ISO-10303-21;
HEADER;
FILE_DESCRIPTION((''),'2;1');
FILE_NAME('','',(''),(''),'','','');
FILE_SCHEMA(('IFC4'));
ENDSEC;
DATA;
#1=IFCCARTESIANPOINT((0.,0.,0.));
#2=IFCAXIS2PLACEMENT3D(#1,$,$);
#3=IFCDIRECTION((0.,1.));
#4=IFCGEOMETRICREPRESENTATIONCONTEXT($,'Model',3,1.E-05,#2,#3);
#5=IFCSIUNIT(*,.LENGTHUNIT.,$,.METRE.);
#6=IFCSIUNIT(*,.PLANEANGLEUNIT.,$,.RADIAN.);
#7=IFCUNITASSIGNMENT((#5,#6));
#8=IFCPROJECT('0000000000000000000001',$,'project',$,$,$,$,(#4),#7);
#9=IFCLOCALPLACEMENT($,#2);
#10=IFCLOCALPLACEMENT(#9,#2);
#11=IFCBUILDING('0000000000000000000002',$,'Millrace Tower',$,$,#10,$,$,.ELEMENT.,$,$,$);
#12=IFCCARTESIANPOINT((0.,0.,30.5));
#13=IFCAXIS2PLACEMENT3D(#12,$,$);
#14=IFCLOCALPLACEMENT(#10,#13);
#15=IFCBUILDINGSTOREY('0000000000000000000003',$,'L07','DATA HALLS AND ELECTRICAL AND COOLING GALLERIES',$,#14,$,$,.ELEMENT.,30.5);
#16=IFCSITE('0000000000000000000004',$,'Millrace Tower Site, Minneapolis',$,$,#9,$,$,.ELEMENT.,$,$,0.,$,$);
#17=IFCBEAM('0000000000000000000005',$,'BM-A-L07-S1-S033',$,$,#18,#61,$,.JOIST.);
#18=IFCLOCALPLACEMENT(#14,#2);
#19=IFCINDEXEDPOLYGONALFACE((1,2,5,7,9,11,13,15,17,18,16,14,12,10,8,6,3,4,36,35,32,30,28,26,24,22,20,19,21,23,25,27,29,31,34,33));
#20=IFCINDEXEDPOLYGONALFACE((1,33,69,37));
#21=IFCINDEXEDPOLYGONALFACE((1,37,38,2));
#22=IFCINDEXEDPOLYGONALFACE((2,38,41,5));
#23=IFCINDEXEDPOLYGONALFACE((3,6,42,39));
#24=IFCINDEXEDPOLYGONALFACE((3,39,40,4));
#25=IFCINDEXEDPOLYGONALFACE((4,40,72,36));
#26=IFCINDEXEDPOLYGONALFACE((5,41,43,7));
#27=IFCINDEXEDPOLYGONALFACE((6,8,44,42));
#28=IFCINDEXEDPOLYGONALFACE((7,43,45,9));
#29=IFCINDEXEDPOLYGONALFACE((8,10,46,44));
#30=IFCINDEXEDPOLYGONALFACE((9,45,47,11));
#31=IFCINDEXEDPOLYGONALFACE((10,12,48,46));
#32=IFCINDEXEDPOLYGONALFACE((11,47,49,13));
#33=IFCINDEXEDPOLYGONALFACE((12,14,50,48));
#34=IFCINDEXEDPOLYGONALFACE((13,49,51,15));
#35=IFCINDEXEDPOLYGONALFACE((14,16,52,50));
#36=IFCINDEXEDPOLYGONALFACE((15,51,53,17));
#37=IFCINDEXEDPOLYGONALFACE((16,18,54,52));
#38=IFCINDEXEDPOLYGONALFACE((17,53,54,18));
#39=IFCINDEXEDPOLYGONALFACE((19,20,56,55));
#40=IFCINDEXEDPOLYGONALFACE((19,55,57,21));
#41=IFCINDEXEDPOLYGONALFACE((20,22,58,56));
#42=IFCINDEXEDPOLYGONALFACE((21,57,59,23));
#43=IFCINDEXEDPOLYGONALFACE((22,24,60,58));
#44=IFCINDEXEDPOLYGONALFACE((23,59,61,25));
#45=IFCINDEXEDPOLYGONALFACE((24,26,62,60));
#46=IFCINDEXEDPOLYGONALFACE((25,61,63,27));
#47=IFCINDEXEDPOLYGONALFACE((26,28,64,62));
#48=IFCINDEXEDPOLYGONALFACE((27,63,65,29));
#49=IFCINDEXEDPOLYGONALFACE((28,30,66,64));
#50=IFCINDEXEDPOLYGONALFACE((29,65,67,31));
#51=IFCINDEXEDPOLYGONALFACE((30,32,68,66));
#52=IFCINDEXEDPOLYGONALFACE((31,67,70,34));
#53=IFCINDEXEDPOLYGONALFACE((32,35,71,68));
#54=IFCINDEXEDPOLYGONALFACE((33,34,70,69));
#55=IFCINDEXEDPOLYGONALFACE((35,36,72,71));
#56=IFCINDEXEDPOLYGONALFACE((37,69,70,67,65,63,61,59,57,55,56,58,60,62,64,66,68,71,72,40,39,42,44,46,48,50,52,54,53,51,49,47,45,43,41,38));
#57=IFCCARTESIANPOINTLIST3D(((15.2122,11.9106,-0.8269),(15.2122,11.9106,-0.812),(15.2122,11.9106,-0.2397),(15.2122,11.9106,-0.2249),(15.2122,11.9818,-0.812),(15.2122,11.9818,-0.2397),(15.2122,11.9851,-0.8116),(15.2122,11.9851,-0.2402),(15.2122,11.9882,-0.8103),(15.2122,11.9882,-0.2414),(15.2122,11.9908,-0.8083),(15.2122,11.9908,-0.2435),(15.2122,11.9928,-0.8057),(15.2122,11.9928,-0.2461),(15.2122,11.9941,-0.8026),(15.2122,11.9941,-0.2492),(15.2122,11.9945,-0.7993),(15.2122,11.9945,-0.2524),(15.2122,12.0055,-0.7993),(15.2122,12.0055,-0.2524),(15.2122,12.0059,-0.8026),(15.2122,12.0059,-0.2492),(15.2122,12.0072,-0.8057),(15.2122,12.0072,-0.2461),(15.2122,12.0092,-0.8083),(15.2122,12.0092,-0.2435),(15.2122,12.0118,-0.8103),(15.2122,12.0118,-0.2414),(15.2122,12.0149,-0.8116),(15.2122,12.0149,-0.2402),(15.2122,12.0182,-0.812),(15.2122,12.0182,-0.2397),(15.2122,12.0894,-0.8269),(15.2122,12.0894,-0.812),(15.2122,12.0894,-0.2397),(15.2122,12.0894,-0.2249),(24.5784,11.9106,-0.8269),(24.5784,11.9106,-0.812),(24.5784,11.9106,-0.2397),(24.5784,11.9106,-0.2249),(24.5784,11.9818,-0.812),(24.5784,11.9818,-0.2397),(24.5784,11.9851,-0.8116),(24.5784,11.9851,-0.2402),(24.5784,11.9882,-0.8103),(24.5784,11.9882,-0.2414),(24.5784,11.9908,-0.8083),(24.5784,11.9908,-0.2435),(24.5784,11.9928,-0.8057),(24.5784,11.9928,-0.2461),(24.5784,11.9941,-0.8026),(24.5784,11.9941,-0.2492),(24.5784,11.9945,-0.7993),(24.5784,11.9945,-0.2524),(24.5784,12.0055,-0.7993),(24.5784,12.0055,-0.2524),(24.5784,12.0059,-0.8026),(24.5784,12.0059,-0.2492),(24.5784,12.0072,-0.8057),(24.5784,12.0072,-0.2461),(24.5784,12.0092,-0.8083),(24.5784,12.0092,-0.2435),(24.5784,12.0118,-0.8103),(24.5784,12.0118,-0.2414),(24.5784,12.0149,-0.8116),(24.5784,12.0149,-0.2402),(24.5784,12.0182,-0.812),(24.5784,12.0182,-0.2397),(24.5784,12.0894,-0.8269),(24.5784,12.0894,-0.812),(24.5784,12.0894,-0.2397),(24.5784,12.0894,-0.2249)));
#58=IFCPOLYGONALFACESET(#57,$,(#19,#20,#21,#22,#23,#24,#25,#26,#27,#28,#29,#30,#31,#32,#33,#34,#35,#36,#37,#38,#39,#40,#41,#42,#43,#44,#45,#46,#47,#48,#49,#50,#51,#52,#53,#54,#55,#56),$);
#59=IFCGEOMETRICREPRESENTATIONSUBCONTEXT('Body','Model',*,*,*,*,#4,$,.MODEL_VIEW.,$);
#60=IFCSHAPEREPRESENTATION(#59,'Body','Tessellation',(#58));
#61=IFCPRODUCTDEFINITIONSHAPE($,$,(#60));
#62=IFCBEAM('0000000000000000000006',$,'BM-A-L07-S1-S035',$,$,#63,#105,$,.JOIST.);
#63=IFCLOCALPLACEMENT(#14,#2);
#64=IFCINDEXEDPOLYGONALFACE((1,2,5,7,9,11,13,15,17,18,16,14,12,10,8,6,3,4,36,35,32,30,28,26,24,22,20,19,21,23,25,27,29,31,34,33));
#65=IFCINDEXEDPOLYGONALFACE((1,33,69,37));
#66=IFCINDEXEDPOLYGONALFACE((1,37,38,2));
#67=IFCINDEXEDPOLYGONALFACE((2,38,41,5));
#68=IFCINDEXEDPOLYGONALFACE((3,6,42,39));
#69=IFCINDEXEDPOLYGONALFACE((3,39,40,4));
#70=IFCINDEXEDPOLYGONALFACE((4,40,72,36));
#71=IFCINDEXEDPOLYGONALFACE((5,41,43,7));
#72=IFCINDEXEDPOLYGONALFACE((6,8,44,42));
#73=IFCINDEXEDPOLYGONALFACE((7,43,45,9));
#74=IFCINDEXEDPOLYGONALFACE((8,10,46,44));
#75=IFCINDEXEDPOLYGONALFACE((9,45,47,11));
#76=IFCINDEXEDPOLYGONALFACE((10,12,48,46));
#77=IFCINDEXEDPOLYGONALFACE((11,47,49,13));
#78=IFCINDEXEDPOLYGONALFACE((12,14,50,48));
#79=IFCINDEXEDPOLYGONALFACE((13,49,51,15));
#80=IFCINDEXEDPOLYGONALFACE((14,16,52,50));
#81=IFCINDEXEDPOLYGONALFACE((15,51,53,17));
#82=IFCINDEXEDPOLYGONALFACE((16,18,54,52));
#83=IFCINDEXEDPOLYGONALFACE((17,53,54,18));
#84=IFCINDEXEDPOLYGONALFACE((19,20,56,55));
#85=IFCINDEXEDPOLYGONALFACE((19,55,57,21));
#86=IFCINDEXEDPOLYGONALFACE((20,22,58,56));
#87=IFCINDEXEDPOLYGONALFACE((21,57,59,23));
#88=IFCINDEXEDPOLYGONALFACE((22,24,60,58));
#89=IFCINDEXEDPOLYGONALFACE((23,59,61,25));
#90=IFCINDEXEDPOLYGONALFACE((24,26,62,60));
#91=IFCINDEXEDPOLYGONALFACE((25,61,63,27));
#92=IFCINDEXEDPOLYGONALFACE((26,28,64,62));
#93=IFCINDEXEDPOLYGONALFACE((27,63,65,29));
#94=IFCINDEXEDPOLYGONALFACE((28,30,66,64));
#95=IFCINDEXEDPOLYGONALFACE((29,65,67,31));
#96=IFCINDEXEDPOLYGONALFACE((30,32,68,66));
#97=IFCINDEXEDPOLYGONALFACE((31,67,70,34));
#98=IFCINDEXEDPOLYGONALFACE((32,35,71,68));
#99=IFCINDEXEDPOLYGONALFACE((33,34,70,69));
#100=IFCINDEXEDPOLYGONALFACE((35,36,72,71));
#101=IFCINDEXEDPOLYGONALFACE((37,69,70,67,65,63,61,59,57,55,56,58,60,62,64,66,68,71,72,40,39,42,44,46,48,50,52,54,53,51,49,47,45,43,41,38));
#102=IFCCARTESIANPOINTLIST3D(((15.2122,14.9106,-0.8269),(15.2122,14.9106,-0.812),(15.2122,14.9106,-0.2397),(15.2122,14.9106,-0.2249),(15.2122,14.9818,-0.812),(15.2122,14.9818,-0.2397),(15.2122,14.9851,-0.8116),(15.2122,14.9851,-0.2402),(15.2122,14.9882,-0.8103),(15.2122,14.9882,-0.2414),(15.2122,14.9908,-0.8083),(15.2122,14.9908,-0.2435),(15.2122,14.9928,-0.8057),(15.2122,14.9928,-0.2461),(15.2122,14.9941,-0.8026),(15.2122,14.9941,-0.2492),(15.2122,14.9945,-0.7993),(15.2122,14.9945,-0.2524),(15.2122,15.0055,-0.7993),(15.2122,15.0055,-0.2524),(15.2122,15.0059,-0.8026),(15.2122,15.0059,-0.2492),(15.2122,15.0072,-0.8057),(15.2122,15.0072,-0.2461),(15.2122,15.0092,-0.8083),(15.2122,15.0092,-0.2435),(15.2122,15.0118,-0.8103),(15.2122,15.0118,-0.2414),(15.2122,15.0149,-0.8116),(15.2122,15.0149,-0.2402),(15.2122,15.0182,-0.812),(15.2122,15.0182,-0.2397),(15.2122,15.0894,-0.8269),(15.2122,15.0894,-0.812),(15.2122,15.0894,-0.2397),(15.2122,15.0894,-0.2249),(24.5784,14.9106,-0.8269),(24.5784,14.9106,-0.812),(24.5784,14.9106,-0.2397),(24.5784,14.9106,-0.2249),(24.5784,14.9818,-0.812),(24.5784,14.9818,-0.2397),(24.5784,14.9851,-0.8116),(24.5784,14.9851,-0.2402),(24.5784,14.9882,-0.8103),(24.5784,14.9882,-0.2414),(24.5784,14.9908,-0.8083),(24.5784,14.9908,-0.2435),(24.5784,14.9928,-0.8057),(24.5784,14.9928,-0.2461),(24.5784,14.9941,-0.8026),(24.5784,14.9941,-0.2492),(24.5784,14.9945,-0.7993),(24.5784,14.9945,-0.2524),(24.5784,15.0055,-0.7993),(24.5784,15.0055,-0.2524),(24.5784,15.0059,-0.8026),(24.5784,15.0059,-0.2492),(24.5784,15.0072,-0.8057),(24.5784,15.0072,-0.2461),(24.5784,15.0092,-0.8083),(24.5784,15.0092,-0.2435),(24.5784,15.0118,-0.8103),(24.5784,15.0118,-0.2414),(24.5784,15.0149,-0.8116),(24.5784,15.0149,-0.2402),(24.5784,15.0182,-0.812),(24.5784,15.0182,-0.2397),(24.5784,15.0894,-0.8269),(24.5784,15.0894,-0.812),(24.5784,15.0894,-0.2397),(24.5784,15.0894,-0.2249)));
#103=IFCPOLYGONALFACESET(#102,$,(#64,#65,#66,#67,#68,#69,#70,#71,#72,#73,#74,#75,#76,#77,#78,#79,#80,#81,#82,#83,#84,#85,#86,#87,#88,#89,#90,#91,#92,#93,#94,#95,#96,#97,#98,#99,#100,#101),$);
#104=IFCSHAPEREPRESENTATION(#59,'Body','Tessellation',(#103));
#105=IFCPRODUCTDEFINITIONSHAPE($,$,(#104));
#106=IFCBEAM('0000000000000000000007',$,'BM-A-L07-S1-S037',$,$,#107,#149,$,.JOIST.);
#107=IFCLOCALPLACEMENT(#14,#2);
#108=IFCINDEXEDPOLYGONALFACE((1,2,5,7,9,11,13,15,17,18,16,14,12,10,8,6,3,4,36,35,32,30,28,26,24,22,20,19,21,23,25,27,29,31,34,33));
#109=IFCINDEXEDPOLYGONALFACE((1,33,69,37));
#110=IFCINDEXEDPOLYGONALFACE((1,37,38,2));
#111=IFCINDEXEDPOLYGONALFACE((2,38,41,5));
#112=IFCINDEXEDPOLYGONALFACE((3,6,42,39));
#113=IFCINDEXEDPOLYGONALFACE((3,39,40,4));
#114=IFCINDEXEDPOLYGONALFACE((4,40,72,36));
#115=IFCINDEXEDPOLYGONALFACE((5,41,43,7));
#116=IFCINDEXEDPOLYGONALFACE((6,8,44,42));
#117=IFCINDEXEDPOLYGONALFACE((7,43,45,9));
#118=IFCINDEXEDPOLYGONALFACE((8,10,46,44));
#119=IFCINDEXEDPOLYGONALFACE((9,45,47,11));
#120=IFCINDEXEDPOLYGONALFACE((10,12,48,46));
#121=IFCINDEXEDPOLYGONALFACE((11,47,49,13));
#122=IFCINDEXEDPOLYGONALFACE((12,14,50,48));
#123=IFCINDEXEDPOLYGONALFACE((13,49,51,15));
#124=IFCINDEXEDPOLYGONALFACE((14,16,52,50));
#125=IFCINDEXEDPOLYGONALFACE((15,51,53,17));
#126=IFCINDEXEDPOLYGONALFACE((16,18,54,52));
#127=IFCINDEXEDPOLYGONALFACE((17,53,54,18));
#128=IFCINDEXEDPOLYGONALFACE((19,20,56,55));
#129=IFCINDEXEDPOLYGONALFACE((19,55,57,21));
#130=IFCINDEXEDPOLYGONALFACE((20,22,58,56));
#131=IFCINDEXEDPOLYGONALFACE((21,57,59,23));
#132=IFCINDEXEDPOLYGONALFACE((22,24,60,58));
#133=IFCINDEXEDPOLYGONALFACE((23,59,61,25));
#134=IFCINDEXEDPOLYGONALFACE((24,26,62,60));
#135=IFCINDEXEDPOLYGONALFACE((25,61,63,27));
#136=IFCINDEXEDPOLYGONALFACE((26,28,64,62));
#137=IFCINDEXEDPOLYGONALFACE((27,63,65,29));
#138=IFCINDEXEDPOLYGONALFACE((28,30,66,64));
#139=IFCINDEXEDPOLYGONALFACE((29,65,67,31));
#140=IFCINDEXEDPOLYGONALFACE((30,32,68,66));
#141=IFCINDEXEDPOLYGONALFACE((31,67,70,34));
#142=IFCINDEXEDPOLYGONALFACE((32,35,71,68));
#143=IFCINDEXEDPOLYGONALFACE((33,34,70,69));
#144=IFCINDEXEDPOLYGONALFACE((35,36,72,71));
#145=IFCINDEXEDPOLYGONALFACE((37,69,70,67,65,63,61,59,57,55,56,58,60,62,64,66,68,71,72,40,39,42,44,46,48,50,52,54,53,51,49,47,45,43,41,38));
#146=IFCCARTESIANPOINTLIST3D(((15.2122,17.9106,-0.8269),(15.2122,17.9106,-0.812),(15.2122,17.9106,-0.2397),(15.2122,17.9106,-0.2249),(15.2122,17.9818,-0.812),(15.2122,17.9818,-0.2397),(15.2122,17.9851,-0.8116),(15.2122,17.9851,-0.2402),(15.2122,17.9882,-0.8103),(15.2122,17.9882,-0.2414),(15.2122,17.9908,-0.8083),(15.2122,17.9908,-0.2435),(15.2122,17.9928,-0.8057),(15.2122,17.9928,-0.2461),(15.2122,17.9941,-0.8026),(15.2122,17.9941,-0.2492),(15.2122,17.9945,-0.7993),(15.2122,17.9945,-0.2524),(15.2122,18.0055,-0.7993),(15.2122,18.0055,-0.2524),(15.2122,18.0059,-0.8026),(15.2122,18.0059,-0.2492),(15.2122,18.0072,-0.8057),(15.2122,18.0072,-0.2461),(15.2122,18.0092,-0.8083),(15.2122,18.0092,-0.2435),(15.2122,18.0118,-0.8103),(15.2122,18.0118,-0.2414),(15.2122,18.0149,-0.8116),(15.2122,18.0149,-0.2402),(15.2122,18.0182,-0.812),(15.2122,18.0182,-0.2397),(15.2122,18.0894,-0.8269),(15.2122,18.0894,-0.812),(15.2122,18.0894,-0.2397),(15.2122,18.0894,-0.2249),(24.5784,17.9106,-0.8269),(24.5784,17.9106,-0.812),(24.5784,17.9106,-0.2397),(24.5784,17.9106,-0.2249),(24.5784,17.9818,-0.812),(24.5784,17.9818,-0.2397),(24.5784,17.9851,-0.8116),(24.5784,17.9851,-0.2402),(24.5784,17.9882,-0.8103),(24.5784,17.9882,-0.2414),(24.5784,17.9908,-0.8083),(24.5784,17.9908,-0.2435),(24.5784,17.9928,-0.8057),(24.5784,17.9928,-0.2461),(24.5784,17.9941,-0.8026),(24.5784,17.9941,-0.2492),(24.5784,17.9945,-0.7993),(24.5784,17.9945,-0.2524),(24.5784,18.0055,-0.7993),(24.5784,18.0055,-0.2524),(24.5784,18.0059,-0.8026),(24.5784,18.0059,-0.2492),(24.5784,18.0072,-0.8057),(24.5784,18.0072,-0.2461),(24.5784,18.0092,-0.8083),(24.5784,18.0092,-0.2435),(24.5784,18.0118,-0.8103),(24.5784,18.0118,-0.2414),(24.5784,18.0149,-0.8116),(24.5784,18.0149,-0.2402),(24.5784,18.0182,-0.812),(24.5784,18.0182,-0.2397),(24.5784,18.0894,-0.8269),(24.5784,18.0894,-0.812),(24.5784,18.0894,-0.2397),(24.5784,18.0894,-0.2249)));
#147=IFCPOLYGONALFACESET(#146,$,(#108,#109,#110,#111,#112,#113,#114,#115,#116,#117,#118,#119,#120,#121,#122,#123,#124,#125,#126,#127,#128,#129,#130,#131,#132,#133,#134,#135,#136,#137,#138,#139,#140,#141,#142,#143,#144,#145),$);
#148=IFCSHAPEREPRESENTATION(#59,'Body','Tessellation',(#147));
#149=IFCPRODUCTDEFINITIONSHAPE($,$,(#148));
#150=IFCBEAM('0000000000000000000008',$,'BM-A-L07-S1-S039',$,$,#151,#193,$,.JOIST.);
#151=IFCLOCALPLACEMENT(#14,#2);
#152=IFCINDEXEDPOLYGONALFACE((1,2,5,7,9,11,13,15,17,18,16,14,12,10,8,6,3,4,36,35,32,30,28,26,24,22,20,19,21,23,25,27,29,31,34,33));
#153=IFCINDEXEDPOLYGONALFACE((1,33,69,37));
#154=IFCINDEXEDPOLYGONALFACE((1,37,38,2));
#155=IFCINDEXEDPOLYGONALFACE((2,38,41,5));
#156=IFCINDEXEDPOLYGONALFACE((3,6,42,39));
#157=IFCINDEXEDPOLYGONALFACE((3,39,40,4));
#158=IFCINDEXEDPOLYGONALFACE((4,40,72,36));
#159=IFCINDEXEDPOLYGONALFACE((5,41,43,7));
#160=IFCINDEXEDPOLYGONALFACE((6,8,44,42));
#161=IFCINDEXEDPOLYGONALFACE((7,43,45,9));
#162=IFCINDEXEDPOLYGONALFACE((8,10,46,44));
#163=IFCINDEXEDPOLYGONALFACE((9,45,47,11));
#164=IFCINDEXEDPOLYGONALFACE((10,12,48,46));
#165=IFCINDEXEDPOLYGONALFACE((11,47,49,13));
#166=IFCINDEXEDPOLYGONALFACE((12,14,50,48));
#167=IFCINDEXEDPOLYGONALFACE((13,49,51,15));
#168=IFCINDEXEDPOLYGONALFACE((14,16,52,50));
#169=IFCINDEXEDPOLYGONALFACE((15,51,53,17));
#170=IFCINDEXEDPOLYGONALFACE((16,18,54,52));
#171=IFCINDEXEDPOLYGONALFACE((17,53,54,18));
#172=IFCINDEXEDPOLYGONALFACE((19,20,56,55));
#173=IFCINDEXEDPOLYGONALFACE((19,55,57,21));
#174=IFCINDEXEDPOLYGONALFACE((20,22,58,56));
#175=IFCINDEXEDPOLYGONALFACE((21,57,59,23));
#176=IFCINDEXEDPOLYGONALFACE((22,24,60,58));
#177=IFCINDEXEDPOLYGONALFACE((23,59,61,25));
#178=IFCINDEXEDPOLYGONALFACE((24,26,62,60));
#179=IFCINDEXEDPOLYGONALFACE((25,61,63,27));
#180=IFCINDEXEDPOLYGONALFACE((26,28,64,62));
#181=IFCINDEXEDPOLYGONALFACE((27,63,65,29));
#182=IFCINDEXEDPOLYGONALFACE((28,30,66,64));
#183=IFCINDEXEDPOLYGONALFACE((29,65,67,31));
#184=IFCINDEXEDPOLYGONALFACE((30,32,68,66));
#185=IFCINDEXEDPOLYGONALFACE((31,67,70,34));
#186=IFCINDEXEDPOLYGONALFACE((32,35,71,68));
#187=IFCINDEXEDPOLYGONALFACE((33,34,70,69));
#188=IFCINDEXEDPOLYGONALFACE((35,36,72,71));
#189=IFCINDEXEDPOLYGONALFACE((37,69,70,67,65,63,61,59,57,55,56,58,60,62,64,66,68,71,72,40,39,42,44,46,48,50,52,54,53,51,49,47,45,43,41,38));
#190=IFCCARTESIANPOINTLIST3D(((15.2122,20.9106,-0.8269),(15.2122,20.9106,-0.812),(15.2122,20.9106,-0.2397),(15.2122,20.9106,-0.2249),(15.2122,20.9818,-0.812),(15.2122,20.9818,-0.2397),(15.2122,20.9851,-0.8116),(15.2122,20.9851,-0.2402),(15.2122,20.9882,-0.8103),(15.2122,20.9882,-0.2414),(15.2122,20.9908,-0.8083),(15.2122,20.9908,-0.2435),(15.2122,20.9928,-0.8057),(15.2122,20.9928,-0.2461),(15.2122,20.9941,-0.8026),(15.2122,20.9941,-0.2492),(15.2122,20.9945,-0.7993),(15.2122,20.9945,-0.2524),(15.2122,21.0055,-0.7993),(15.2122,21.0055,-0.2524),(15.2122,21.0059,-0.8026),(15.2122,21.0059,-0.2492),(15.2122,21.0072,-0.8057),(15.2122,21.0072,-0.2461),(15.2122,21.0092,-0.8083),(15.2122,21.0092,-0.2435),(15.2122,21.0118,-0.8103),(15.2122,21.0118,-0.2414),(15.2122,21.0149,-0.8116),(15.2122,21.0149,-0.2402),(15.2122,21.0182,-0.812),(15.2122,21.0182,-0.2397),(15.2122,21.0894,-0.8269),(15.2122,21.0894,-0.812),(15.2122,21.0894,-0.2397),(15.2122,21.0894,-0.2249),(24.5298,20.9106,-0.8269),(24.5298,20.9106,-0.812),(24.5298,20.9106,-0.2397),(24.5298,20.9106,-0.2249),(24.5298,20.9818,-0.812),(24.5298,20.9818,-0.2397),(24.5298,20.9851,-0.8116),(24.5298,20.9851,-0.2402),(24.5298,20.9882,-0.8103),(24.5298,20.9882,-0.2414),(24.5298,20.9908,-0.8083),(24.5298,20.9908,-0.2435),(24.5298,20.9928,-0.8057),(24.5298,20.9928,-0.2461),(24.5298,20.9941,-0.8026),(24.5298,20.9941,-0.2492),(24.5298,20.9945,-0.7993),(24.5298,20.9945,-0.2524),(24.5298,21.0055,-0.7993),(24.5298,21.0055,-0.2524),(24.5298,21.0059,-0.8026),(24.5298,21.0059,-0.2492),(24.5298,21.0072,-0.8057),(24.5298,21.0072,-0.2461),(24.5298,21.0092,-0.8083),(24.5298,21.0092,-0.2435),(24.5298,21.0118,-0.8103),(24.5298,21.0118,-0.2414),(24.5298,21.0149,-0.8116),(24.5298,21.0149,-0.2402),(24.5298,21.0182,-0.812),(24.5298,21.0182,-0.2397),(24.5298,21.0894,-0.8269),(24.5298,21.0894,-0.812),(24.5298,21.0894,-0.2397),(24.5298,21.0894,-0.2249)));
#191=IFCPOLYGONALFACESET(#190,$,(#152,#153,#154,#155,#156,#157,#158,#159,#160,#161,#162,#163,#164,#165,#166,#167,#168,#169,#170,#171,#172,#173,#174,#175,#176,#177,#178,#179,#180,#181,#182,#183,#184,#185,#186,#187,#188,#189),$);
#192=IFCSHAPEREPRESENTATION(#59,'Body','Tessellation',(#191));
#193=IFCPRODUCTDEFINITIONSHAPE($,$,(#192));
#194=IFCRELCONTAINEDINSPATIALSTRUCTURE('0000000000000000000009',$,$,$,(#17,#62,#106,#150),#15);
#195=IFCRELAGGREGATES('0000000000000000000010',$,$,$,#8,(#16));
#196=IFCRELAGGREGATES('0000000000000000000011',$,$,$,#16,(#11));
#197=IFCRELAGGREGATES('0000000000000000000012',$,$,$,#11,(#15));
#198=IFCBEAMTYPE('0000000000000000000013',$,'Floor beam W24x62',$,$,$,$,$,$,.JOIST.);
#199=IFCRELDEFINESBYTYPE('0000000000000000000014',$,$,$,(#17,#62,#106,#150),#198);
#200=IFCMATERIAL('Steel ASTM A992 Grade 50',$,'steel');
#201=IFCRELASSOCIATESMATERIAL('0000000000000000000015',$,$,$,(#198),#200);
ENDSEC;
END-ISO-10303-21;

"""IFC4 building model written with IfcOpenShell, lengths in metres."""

from ifc_helpers import new_model, si_unit, direction, frame, origin, origin_2d, place, context, subcontext, project, spatial, i_section, extrude, material, material_profile, profile_set, type_object, element, save


model = new_model("IFC4")

# Units and contexts
model_context = context("Model", 3, precision=1e-05, world=origin(), true_north=direction((0.0, 1.0)))
body_context = subcontext(model_context, "Body", "Model", "MODEL_VIEW")
ifc_project = project(units=[si_unit("LENGTHUNIT", "METRE"), si_unit("PLANEANGLEUNIT", "RADIAN")], contexts=[model_context])

# Site, building, storey
site_placement = place(None, origin())
site = spatial("IfcSite", under=ifc_project, at=site_placement, Name="Millrace Tower Site, Minneapolis", CompositionType="ELEMENT", RefElevation=0.0)
building_placement = place(site_placement, origin())
building = spatial("IfcBuilding", under=site, at=building_placement, Name="Millrace Tower", CompositionType="ELEMENT")
storey_placement = place(building_placement, frame((0.0, 0.0, 30.5)))
storey = spatial("IfcBuildingStorey", under=building, at=storey_placement, Name="L07", Description="DATA HALLS AND ELECTRICAL AND COOLING GALLERIES", CompositionType="ELEMENT", Elevation=30.5)

# Beams
ifc_material_1 = material(Name="Steel ASTM A992 Grade 50", Category="steel")
ifc_material_profile_1 = material_profile(ifc_material_1, i_section(OverallWidth=0.1787, OverallDepth=0.6021, WebThickness=0.011, FlangeThickness=0.0149, FilletRadius=0.0127, at=origin_2d()))
ifc_profile_set_1 = profile_set([ifc_material_profile_1], Name="Steel ASTM A992 Grade 50")
beam_type_1 = type_object("IfcBeamType", Name="Floor beam W24x62", PredefinedType="JOIST", material=ifc_profile_set_1)
for number, where, z_axis, x_axis, name in (
    (1, (15.2122, 12.0, -0.5259), (1.0, 0.0, 0.0), (0.0, 1.0, 0.0), "BM-A-L07-S1-S033"),
    (2, (15.2122, 15.0, -0.5259), (1.0, 0.0, 0.0), (0.0, 1.0, 0.0), "BM-A-L07-S1-S035"),
    (3, (15.2122, 18.0, -0.5259), (1.0, 0.0, 0.0), (0.0, 1.0, 0.0), "BM-A-L07-S1-S037"),
):
    element("IfcBeam", number, at=place(storey_placement, frame(where, z_axis=z_axis, x_axis=x_axis)), inside=storey, type_object=beam_type_1, Name=name, PredefinedType="JOIST", context=body_context, shape_type="SweptSolid", body=[
        extrude(i_section(OverallWidth=0.1787, OverallDepth=0.6021, WebThickness=0.011, FlangeThickness=0.0149, FilletRadius=0.0127, at=origin_2d()), origin(), (0.0, 0.0, 1.0), 9.3662),
    ])
beam_1_placement = place(storey_placement, frame((15.2122, 21.0, -0.5259), z_axis=(1.0, 0.0, 0.0), x_axis=(0.0, 1.0, 0.0)))
element("IfcBeam", 4, at=beam_1_placement, inside=storey, type_object=beam_type_1, Name="BM-A-L07-S1-S039", PredefinedType="JOIST", context=body_context, shape_type="SweptSolid", body=[
    extrude(i_section(OverallWidth=0.1787, OverallDepth=0.6021, WebThickness=0.011, FlangeThickness=0.0149, FilletRadius=0.0127, at=origin_2d()), origin(), (0.0, 0.0, 1.0), 9.3176),
])

save(model, "model.ifc")
